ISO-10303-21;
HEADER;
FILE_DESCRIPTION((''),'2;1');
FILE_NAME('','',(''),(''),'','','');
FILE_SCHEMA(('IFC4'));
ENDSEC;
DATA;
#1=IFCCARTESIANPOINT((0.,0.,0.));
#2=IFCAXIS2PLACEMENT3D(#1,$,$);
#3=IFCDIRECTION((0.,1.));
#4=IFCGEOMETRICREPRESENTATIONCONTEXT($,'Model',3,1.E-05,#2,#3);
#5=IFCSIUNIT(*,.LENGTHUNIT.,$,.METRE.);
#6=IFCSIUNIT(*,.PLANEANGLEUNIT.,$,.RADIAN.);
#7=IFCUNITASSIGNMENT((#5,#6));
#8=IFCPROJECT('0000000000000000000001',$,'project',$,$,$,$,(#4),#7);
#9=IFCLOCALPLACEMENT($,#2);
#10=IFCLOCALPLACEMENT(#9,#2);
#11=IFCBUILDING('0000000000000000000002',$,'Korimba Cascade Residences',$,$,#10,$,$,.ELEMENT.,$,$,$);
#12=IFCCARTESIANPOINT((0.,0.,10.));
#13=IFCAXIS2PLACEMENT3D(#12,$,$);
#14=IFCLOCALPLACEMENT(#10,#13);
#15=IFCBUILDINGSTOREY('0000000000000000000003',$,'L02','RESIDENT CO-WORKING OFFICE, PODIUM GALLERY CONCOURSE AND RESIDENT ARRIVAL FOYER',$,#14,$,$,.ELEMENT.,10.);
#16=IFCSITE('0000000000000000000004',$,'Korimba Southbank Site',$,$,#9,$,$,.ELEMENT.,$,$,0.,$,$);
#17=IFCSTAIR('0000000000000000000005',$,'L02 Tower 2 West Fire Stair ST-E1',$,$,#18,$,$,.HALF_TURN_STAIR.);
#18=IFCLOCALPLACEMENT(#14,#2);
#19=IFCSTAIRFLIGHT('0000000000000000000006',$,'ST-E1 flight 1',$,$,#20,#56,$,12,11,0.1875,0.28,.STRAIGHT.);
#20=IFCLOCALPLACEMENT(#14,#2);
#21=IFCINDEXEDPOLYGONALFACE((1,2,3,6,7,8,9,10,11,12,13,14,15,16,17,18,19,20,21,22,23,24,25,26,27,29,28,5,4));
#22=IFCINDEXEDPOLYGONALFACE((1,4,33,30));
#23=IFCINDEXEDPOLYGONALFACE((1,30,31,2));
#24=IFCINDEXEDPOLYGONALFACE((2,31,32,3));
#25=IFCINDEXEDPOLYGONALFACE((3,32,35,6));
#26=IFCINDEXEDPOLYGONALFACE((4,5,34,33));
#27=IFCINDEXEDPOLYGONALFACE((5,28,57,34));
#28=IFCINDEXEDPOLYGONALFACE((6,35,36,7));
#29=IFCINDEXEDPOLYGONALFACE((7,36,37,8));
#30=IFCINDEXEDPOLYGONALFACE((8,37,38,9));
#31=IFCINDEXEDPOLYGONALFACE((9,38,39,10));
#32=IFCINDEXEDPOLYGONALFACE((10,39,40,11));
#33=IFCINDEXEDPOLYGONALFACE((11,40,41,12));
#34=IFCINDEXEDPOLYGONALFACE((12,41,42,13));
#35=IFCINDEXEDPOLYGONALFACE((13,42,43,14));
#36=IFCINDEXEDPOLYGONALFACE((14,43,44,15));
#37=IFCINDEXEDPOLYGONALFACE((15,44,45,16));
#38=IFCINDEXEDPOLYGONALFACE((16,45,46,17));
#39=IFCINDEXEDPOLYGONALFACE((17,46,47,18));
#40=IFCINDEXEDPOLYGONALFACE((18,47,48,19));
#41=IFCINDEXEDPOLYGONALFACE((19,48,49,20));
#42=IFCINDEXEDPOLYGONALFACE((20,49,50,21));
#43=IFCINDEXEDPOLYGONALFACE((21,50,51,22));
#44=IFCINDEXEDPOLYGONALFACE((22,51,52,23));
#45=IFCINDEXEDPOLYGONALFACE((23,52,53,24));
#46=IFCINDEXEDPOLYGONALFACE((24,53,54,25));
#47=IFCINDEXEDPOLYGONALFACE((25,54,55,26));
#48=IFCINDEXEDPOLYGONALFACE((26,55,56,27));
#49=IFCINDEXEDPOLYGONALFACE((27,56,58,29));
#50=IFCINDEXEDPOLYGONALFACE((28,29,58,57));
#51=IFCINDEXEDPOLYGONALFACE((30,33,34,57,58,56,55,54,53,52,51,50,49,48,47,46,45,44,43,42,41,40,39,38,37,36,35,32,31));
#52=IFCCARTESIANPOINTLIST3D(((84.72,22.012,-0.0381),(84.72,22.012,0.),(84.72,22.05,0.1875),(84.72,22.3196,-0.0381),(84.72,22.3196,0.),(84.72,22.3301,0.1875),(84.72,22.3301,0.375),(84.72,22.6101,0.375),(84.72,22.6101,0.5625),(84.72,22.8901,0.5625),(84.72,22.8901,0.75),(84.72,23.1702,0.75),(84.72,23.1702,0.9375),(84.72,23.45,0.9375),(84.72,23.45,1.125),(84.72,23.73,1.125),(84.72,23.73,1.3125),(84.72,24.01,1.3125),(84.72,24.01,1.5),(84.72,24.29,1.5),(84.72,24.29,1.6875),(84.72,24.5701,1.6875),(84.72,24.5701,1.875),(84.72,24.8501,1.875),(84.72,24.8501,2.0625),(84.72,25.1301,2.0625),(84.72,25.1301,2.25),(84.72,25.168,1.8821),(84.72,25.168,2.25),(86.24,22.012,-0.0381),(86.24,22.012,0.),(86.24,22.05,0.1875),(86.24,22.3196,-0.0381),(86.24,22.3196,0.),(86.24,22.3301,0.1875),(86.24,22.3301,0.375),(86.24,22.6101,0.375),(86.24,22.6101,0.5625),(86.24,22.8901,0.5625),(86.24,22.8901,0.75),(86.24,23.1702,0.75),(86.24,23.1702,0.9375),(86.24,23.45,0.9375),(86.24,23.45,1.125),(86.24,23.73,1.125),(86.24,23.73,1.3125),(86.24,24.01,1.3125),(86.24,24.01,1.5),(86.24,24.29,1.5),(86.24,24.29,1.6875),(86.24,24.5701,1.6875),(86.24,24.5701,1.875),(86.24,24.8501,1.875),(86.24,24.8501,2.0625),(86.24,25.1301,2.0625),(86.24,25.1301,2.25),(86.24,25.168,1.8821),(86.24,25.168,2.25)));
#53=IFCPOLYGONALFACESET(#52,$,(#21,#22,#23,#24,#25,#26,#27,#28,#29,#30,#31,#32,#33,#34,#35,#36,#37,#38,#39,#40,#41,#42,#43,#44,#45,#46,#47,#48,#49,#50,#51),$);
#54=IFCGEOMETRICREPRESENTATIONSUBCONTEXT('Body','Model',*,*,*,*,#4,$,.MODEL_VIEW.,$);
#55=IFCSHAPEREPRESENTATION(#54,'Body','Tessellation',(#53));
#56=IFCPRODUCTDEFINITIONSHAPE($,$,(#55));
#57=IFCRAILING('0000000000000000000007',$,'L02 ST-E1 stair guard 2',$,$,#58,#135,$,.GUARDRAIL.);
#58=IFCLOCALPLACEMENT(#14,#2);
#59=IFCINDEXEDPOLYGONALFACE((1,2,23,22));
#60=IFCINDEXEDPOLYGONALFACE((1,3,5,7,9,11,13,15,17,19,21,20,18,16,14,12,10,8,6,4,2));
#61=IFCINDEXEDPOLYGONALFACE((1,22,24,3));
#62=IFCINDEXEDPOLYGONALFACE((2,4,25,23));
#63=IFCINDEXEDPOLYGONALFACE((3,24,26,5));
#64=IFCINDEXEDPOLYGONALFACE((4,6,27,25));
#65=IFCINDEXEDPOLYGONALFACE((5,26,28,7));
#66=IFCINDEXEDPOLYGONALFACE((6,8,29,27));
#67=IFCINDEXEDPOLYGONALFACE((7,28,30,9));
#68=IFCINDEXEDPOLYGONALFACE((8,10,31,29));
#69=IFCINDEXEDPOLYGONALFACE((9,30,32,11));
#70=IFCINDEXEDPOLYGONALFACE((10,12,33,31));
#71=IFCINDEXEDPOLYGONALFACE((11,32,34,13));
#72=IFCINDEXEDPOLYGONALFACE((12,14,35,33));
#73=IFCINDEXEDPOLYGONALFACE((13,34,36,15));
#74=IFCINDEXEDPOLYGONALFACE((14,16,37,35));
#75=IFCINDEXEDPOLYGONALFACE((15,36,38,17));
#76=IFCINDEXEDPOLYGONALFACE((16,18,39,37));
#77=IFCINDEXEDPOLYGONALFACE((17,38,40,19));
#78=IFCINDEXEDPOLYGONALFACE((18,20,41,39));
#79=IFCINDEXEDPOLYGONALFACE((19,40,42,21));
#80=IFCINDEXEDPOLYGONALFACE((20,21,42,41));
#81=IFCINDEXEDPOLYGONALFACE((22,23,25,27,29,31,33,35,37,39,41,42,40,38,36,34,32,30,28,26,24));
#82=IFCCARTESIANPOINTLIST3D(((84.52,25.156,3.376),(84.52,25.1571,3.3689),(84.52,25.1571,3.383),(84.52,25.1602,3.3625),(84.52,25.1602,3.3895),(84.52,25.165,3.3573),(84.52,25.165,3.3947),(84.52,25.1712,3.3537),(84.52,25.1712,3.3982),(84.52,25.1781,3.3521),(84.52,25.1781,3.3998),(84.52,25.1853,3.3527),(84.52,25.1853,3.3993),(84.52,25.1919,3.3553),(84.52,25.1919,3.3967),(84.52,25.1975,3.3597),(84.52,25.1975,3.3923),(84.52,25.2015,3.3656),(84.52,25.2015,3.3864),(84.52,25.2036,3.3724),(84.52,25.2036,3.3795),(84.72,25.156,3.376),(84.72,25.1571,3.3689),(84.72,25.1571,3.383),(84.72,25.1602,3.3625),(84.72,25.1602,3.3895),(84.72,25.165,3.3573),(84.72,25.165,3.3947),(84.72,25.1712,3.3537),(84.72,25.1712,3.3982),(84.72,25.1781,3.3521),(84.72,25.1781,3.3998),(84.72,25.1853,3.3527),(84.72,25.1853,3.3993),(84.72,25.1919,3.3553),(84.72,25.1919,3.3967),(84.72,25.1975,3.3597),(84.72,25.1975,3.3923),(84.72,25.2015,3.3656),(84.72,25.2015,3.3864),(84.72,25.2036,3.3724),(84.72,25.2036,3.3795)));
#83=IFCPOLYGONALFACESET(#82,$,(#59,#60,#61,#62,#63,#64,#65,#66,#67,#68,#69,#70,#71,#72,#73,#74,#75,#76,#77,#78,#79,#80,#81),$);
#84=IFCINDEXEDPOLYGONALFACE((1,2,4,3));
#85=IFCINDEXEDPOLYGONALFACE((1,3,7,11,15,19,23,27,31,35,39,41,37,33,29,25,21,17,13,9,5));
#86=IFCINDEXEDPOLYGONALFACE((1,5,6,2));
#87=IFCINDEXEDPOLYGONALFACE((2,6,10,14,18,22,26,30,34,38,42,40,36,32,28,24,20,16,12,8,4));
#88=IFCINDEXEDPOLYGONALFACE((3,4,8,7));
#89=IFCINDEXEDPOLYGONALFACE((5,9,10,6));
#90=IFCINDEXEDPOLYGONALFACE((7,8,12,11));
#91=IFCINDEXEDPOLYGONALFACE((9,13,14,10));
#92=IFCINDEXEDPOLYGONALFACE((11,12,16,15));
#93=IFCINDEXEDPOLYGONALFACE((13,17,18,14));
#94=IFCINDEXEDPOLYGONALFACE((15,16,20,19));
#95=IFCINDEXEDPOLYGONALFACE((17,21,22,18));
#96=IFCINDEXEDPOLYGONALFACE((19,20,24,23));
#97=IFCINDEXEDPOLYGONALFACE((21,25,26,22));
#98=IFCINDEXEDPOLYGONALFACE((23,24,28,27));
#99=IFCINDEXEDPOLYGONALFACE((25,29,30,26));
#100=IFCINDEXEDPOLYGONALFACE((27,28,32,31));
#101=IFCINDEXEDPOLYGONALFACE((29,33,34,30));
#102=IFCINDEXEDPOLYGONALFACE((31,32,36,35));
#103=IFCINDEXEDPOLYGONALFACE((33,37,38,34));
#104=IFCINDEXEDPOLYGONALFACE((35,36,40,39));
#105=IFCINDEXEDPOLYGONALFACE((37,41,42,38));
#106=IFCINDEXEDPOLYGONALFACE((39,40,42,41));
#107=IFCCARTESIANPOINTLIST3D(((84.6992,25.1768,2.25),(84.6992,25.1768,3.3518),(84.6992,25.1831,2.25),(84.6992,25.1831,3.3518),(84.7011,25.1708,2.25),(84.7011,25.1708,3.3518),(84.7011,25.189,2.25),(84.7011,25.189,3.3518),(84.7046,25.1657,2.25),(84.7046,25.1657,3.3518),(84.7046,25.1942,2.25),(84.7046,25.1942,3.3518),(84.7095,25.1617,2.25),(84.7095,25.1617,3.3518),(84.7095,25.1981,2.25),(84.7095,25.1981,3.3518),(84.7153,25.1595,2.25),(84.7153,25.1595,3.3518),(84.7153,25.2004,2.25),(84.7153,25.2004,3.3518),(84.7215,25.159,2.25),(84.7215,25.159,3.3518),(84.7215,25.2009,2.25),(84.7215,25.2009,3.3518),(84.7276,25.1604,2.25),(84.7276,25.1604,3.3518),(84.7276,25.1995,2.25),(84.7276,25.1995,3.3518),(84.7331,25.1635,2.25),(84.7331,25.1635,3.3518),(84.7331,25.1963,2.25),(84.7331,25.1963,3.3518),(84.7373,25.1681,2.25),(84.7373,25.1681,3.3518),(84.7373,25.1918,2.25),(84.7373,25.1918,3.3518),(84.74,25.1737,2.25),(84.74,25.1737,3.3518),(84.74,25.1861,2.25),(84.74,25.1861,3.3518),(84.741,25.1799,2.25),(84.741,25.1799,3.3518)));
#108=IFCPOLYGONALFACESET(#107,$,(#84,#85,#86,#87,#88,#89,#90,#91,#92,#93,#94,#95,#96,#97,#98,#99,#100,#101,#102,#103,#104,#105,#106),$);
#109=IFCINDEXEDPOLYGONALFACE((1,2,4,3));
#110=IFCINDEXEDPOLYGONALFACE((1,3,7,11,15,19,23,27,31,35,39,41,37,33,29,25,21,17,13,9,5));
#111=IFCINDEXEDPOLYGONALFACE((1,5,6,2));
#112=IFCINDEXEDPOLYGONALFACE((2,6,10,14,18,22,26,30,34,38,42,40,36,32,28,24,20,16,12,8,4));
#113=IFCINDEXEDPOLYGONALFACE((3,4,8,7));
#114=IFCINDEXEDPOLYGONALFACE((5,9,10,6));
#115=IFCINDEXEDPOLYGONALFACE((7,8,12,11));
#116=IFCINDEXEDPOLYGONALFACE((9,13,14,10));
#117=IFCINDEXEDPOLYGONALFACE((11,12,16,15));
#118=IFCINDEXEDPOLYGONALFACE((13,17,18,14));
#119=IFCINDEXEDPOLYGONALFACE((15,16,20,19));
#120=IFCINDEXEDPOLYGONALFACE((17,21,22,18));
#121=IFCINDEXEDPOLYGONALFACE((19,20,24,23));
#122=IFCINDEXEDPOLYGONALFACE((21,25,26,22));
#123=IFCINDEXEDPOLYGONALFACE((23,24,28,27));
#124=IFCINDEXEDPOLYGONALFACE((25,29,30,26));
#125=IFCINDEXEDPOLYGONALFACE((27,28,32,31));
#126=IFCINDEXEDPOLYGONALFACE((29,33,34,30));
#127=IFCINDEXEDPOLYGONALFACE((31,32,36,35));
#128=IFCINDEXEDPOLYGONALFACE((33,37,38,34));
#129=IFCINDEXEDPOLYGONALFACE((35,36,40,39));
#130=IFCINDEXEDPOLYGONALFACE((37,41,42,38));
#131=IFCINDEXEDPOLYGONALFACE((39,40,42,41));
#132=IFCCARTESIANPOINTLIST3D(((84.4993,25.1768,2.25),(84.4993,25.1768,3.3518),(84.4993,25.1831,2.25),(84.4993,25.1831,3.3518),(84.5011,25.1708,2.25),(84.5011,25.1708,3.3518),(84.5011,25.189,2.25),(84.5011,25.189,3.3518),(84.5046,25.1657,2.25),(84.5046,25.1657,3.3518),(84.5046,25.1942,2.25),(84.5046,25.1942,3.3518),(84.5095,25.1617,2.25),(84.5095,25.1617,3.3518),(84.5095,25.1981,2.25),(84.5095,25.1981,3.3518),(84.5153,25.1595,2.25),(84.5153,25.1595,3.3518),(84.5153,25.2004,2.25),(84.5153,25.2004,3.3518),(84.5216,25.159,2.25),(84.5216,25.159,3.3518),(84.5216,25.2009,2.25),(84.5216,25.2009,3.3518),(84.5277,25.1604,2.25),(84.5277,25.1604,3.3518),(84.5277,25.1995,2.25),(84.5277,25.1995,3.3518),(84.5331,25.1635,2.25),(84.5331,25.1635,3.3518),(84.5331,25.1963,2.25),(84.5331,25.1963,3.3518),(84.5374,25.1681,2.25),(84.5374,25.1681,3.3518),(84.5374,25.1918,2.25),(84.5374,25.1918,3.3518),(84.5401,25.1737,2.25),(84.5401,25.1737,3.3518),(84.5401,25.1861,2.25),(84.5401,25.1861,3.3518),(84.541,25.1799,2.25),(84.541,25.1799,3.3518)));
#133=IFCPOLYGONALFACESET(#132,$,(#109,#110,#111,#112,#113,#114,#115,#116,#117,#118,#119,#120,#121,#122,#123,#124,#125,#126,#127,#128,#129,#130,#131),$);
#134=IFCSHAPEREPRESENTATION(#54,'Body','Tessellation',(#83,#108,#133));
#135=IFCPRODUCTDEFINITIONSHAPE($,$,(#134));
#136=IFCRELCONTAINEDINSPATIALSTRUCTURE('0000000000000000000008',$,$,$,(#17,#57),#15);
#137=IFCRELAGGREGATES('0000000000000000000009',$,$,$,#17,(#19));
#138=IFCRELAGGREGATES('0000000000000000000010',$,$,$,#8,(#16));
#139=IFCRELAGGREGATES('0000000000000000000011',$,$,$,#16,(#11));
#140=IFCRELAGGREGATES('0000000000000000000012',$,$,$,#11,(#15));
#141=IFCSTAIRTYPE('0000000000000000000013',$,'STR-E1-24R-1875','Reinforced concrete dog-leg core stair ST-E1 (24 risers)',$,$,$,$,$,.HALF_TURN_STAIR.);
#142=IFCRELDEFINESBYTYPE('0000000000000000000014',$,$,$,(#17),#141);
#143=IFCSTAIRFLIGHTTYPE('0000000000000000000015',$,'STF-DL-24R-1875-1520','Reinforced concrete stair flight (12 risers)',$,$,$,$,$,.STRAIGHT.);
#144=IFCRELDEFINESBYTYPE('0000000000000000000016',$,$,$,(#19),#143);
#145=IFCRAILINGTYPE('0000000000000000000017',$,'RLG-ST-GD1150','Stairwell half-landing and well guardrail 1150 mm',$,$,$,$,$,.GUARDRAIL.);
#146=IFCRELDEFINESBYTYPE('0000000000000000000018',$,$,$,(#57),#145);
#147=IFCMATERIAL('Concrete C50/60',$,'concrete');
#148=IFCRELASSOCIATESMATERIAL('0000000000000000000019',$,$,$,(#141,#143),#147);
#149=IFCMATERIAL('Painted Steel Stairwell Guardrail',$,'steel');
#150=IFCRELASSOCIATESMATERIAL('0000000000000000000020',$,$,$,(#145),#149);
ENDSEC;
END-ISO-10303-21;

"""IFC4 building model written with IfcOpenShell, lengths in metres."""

from ifc_helpers import new_model, si_unit, direction, frame, origin, origin_2d, place, context, subcontext, project, spatial, polyline, circle, outline, extrude, material, type_object, element, aggregate, save


model = new_model("IFC4")

# Units and contexts
model_context = context("Model", 3, precision=1e-05, world=origin(), true_north=direction((0.0, 1.0)))
body_context = subcontext(model_context, "Body", "Model", "MODEL_VIEW")
ifc_project = project(units=[si_unit("LENGTHUNIT", "METRE"), si_unit("PLANEANGLEUNIT", "RADIAN")], contexts=[model_context])

# Site, building, storey
site_placement = place(None, origin())
site = spatial("IfcSite", under=ifc_project, at=site_placement, Name="Korimba Southbank Site", CompositionType="ELEMENT", RefElevation=0.0)
building_placement = place(site_placement, origin())
building = spatial("IfcBuilding", under=site, at=building_placement, Name="Korimba Cascade Residences", CompositionType="ELEMENT")
storey_placement = place(building_placement, frame((0.0, 0.0, 10.0)))
storey = spatial("IfcBuildingStorey", under=building, at=storey_placement, Name="L02", Description="RESIDENT CO-WORKING OFFICE, PODIUM GALLERY CONCOURSE AND RESIDENT ARRIVAL FOYER", CompositionType="ELEMENT", Elevation=10.0)

# Shared definitions
ifc_material_1 = material(Name="Concrete C50/60", Category="concrete")

# Stair, stair flight
stair_type = type_object("IfcStairType", Name="STR-E1-24R-1875", Description="Reinforced concrete dog-leg core stair ST-E1 (24 risers)", PredefinedType="HALF_TURN_STAIR", material=ifc_material_1)
stair_placement = place(storey_placement, origin())
stair = element("IfcStair", 1, at=stair_placement, inside=storey, type_object=stair_type, Name="L02 Tower 2 West Fire Stair ST-E1", PredefinedType="HALF_TURN_STAIR")
stair_flight_type = type_object("IfcStairFlightType", Name="STF-DL-24R-1875-1520", Description="Reinforced concrete stair flight (12 risers)", PredefinedType="STRAIGHT", material=ifc_material_1)
stair_flight_placement = place(storey_placement, frame((85.48, 22.05, 0.0), z_axis=(0.0, 0.0, 1.0), x_axis=(0.0, 1.0, 0.0)))
stair_flight = element("IfcStairFlight", 2, at=stair_flight_placement, type_object=stair_flight_type, Name="ST-E1 flight 1", NumberOfRisers=12, NumberOfTreads=11, PredefinedType="STRAIGHT", RiserHeight=0.1875, TreadLength=0.28, context=body_context, shape_type="SweptSolid", body=[
    extrude(outline(polyline([(-0.0381, 0.0), (0.0, 0.1875), (0.28, 0.1875), (0.28, 0.375), (0.5601, 0.375), (0.5601, 0.5625), (0.8401, 0.5625), (0.8401, 0.75), (1.1201, 0.75), (1.1201, 0.9375), (1.3999, 0.9375), (1.3999, 1.125), (1.6799, 1.125), (1.6799, 1.3125), (1.96, 1.3125), (1.96, 1.5), (2.24, 1.5), (2.24, 1.6875), (2.52, 1.6875), (2.52, 1.875), (2.8, 1.875), (2.8, 2.0625), (3.0801, 2.0625), (3.0801, 2.25), (3.1179, 2.25), (3.1179, 1.8821), (0.2695, 0.0), (0.2695, -0.0381), (-0.0381, -0.0381), (-0.0381, 0.0)])), frame((0.0, 0.76, 0.0), z_axis=(0.0, -1.0, 0.0), x_axis=(1.0, 0.0, 0.0)), (0.0, 0.0, 1.0), 1.52),
])
aggregate(stair, [stair_flight])

# Railing
ifc_material_2 = material(Name="Painted Steel Stairwell Guardrail", Category="steel")
railing_type_1 = type_object("IfcRailingType", Name="RLG-ST-GD1150", Description="Stairwell half-landing and well guardrail 1150 mm", PredefinedType="GUARDRAIL", material=ifc_material_2)
railing_1_placement = place(storey_placement, frame((84.72, 25.1799, 2.25)))
element("IfcRailing", 3, at=railing_1_placement, inside=storey, type_object=railing_type_1, Name="L02 ST-E1 stair guard 2", PredefinedType="GUARDRAIL", context=body_context, shape_type="SweptSolid", body=[
    extrude(circle(Radius=0.0239, at=origin_2d()), frame((0.0, 0.0, 1.126), z_axis=(-1.0, 0.0, 0.0), x_axis=(0.0, -1.0, 0.0)), (0.0, 0.0, 1.0), 0.2),
    extrude(circle(Radius=0.021, at=origin_2d()), origin(), (0.0, 0.0, 1.0), 1.1018),
    extrude(circle(Radius=0.021, at=origin_2d()), frame((-0.2, 0.0, 0.0)), (0.0, 0.0, 1.0), 1.1018),
])

save(model, "model.ifc")
